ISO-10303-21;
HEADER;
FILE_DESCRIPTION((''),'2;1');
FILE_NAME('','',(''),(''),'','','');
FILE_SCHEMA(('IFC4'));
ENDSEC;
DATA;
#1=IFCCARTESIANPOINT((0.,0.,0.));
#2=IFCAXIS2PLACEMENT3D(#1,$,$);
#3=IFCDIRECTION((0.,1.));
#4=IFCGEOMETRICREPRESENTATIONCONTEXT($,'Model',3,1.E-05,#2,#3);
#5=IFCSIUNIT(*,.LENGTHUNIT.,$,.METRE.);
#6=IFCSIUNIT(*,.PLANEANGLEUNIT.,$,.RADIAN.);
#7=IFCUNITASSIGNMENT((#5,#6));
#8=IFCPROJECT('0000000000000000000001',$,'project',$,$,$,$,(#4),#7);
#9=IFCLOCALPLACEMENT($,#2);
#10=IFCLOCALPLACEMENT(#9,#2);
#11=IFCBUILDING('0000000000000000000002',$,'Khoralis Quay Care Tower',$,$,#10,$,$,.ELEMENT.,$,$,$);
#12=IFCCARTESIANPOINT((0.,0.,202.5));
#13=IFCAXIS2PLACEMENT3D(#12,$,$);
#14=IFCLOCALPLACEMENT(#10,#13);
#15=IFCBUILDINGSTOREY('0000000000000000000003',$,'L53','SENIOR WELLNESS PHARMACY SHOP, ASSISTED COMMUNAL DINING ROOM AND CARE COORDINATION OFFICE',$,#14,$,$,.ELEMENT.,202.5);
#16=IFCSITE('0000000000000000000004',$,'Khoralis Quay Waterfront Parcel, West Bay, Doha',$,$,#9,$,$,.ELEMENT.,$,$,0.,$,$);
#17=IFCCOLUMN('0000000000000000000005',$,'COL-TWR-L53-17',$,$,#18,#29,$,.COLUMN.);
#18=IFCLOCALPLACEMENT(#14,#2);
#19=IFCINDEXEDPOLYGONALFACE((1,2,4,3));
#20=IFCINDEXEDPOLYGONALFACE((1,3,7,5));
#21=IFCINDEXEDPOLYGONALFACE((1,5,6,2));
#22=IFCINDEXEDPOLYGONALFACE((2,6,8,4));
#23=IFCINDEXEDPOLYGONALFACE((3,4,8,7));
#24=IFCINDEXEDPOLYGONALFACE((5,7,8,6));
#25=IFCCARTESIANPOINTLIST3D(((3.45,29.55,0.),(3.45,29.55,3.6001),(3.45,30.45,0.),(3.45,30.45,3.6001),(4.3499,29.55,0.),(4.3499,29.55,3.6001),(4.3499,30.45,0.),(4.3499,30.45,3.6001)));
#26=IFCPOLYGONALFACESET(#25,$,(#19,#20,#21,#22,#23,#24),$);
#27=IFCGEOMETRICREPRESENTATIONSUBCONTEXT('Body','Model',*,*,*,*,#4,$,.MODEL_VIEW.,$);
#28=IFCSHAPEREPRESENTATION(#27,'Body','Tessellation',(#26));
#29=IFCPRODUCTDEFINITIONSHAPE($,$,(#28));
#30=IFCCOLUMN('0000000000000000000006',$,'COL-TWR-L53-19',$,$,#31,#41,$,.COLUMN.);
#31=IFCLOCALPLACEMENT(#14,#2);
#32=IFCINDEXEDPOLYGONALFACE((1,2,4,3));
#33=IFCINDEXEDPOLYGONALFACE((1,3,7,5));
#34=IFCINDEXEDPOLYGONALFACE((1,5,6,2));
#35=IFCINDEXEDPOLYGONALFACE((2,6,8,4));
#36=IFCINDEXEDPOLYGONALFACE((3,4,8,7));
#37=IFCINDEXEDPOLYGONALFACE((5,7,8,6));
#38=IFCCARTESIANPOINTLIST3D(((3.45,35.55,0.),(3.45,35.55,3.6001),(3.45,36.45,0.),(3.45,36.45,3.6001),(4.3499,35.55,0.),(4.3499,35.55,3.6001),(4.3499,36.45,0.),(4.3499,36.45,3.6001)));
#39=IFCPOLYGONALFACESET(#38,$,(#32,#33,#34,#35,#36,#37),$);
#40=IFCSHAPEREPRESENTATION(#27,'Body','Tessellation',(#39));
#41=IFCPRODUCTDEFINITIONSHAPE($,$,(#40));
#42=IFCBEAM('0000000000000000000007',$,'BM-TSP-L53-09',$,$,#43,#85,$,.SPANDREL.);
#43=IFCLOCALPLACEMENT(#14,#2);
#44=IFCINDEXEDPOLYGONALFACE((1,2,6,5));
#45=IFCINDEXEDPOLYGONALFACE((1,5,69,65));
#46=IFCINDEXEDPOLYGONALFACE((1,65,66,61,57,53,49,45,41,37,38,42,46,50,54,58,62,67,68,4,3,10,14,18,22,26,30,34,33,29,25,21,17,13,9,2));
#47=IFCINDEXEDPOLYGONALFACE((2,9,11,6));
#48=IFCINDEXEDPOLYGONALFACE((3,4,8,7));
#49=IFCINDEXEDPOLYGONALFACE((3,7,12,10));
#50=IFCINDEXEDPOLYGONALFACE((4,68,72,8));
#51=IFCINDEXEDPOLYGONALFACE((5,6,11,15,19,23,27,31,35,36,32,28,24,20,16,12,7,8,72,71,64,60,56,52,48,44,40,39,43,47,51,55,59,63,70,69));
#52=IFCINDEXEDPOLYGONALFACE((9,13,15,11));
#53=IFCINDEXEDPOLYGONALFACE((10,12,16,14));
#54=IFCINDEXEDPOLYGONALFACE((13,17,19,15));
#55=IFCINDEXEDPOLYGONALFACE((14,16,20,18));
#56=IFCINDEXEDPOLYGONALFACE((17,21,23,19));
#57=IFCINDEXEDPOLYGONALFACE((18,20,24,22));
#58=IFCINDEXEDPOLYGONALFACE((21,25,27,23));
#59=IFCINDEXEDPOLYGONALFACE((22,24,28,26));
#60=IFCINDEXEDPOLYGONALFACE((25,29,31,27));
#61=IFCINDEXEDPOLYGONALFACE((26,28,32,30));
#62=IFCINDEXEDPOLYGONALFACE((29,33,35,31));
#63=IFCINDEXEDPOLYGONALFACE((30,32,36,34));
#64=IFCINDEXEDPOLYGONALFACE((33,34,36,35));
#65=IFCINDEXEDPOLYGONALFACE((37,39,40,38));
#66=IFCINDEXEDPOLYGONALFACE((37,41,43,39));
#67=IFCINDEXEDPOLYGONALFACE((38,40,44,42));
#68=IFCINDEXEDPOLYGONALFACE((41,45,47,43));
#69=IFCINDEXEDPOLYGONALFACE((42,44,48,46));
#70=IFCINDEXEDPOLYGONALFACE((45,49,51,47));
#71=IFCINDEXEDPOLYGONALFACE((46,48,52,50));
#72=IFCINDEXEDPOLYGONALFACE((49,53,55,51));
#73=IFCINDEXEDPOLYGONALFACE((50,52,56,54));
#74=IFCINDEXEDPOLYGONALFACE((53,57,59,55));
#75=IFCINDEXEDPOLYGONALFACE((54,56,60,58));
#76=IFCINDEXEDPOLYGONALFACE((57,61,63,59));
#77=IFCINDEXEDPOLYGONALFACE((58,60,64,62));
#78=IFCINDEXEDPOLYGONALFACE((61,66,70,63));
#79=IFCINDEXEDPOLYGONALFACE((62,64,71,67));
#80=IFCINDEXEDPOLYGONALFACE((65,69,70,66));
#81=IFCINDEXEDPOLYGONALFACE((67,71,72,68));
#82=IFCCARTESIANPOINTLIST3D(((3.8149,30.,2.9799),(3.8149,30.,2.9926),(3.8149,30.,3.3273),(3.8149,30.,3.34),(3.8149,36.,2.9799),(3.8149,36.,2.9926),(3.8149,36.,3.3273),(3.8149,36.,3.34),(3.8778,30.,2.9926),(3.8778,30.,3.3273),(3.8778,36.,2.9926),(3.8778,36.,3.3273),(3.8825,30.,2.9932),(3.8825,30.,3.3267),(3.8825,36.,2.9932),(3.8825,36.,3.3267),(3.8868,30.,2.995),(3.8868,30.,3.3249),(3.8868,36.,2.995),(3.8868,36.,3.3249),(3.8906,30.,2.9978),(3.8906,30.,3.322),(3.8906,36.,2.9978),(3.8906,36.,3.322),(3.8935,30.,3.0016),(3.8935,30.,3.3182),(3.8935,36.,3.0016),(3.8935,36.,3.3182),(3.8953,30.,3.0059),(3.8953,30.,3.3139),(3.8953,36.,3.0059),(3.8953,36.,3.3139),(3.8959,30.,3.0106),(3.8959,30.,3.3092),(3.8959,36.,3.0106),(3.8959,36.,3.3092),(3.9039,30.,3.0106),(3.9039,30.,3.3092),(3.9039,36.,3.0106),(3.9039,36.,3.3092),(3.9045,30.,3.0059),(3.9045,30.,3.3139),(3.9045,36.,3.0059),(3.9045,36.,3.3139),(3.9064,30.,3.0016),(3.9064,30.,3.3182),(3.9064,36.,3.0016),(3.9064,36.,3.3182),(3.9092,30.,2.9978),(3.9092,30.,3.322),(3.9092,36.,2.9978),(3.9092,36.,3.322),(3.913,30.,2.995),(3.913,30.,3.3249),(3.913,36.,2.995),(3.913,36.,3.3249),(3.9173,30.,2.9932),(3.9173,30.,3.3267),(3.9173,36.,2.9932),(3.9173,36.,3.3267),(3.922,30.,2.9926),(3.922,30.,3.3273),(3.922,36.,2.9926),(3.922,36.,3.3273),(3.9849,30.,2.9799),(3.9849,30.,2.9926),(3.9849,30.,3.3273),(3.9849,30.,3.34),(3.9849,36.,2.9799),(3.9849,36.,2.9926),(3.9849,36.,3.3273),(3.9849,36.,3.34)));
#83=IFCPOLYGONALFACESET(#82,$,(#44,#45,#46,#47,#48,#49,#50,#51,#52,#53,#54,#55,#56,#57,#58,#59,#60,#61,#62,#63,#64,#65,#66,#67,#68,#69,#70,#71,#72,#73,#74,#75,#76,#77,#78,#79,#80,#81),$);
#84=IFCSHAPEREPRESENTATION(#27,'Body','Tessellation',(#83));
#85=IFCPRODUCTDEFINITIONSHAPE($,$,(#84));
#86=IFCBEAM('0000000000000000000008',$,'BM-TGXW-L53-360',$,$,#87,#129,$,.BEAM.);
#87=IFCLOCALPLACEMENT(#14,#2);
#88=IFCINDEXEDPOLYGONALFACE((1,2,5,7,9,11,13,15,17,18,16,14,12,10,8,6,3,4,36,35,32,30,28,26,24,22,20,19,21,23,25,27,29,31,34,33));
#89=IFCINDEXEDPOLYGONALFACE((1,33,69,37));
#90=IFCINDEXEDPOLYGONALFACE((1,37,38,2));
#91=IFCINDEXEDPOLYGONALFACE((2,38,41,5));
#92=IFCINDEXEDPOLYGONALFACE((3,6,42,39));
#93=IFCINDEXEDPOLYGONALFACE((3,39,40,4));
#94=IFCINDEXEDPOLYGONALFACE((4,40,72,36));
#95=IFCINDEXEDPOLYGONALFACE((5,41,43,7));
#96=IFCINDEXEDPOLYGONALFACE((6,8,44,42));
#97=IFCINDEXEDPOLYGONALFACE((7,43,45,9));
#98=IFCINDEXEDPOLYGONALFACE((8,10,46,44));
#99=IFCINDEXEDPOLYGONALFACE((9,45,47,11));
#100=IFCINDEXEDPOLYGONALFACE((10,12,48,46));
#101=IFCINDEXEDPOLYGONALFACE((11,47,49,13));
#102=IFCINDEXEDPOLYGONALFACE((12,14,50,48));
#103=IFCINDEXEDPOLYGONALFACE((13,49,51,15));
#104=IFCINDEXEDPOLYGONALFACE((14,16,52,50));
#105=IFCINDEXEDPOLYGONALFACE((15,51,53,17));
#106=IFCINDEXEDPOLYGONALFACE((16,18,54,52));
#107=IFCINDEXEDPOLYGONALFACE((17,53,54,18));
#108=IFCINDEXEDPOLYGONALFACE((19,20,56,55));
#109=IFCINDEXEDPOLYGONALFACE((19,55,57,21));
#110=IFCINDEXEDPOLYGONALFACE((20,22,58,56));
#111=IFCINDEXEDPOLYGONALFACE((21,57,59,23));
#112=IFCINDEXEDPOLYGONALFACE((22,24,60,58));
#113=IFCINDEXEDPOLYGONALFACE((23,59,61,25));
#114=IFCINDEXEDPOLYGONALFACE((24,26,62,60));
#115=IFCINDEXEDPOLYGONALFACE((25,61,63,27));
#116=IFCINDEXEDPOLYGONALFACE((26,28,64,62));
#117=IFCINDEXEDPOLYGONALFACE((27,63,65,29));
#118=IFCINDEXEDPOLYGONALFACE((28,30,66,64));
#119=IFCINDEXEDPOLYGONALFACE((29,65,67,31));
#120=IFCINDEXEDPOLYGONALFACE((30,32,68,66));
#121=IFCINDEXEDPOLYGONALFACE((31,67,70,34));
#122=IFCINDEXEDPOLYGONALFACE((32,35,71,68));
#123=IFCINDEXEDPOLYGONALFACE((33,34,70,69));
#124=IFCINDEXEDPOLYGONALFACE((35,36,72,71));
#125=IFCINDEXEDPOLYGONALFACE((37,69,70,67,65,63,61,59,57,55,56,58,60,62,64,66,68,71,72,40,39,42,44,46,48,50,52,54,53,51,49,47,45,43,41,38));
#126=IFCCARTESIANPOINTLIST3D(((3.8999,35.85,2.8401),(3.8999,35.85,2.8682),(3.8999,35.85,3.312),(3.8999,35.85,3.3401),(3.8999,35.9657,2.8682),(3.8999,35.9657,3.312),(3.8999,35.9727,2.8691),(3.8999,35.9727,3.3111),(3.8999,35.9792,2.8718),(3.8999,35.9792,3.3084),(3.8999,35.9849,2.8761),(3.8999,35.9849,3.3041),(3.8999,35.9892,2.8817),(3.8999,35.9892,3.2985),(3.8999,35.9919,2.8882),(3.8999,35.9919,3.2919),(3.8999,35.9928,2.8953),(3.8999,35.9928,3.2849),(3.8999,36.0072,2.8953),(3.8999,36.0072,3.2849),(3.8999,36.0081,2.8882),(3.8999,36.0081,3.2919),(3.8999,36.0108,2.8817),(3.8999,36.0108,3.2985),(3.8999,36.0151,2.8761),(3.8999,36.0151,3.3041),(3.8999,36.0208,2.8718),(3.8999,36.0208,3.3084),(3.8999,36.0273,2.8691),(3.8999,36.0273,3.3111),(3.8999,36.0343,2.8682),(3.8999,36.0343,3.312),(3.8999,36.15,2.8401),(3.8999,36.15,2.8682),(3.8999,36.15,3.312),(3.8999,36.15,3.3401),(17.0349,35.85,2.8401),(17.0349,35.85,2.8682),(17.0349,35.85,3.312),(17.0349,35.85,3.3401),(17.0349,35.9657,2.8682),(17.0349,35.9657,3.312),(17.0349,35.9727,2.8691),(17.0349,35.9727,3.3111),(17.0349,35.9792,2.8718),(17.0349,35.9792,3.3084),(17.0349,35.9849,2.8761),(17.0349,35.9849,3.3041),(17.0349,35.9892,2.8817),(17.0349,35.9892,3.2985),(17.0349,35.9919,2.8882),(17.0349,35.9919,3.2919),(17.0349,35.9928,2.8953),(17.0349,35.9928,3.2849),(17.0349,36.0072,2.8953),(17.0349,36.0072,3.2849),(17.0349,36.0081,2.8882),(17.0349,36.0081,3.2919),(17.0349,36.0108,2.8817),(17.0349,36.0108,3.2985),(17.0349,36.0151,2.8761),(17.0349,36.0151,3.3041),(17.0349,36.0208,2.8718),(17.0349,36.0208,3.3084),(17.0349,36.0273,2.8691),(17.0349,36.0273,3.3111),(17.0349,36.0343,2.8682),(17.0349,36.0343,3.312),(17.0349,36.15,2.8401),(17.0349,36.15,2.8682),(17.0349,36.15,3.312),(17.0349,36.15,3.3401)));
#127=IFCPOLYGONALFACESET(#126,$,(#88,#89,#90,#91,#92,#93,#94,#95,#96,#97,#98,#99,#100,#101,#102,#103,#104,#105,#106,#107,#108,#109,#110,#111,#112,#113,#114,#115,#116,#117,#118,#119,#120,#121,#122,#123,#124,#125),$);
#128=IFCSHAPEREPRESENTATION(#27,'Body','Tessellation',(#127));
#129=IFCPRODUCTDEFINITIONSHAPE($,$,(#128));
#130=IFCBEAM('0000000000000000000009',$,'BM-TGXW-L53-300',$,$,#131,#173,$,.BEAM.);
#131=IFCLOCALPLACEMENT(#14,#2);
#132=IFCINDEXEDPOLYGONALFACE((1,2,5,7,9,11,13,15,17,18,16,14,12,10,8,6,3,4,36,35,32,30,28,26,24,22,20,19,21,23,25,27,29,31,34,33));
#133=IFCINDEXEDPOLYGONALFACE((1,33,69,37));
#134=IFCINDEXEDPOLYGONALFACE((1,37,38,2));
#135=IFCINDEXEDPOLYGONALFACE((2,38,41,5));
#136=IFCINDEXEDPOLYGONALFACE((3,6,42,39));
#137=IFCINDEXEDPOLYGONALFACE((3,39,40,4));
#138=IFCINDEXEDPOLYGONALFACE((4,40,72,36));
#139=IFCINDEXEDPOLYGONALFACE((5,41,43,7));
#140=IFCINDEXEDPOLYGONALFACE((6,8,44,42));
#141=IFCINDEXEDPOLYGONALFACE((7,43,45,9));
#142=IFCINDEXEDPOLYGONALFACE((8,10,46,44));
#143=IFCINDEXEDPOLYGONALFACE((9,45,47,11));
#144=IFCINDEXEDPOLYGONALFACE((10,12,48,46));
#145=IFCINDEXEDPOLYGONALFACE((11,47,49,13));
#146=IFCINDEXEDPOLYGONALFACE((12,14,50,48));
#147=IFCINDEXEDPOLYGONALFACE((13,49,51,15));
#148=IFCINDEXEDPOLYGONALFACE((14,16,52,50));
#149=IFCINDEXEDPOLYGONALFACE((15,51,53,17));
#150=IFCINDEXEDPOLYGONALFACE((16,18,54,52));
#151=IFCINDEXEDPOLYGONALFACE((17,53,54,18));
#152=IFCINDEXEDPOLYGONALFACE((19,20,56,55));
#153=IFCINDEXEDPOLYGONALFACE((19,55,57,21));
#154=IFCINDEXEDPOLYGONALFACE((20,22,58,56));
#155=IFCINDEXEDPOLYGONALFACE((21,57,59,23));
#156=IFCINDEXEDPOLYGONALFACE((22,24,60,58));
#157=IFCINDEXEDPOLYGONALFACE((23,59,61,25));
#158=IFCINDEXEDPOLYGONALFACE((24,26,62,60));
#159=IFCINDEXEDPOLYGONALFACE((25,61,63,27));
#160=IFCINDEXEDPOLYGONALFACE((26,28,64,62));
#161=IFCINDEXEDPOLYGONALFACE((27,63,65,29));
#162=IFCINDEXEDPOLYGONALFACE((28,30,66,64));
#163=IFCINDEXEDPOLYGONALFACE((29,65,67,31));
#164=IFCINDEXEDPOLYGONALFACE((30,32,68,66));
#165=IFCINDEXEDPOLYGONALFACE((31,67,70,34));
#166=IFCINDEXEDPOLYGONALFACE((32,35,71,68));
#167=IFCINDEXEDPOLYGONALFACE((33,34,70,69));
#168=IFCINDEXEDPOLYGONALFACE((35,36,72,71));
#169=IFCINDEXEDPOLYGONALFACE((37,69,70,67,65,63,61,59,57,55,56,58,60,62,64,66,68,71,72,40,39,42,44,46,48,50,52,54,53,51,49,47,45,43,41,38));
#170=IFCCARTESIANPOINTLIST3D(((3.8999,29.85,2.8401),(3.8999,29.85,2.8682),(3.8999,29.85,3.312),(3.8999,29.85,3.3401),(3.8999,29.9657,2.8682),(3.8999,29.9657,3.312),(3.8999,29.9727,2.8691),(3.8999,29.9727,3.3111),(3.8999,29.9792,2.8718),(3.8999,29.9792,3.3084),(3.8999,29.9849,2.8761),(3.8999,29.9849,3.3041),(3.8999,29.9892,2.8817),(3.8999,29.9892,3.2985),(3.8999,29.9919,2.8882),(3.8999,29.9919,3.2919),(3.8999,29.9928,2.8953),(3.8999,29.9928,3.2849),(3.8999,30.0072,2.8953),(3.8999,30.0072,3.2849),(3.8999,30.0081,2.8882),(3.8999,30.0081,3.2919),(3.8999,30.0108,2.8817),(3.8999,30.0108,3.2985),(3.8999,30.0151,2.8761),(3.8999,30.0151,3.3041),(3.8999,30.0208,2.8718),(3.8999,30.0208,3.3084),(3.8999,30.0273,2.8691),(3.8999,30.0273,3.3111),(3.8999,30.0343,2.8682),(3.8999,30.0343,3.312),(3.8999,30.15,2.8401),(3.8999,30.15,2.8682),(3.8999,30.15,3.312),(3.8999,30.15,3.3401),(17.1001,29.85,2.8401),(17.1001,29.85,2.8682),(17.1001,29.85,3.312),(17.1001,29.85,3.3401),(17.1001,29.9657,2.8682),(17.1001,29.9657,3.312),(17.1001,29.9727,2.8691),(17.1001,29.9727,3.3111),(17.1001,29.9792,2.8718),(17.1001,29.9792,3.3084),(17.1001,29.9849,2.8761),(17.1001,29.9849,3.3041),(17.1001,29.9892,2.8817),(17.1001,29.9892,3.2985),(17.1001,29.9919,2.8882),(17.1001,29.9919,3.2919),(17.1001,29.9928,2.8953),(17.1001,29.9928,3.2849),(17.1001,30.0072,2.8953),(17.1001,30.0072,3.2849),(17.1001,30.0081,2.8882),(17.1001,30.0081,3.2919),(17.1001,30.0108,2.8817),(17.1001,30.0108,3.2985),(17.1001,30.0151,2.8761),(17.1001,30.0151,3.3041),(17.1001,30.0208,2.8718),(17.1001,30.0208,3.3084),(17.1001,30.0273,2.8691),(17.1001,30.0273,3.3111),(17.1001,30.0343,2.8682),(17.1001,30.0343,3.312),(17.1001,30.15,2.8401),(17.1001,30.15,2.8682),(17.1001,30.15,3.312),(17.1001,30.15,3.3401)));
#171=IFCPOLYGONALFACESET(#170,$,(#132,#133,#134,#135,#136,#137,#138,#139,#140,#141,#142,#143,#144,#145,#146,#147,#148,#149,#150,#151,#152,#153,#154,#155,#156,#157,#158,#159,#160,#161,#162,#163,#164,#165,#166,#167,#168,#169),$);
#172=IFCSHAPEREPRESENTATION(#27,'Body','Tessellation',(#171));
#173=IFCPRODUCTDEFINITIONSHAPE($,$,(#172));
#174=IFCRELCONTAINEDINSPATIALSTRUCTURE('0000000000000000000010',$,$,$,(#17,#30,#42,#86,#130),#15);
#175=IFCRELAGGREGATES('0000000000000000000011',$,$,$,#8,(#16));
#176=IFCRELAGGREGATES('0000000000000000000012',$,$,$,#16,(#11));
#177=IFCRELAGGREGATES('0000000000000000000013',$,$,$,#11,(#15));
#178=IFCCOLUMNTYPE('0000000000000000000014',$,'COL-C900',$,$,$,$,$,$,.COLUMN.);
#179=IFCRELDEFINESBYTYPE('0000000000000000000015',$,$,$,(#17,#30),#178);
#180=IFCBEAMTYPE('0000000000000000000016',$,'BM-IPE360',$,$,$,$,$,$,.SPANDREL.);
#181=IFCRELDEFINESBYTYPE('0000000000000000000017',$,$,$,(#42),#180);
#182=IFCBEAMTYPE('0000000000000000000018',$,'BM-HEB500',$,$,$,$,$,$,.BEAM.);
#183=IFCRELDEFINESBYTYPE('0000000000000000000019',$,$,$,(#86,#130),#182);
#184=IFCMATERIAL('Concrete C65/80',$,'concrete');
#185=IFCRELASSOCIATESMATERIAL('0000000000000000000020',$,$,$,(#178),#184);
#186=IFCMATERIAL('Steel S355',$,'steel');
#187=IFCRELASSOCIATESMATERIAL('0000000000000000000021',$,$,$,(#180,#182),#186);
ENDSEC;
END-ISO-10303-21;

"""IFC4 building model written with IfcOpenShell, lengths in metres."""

from ifc_helpers import new_model, si_unit, direction, frame, origin, origin_2d, place, context, subcontext, project, spatial, rectangle, i_section, extrude, source, transform, mapped, material, material_profile, profile_set, type_object, element, save


model = new_model("IFC4")

# Units and contexts
model_context = context("Model", 3, precision=1e-05, world=origin(), true_north=direction((0.0, 1.0)))
body_context = subcontext(model_context, "Body", "Model", "MODEL_VIEW")
ifc_project = project(units=[si_unit("LENGTHUNIT", "METRE"), si_unit("PLANEANGLEUNIT", "RADIAN")], contexts=[model_context])

# Site, building, storey
site_placement = place(None, origin())
site = spatial("IfcSite", under=ifc_project, at=site_placement, Name="Khoralis Quay Waterfront Parcel, West Bay, Doha", CompositionType="ELEMENT", RefElevation=0.0)
building_placement = place(site_placement, origin())
building = spatial("IfcBuilding", under=site, at=building_placement, Name="Khoralis Quay Care Tower", CompositionType="ELEMENT")
storey_placement = place(building_placement, frame((0.0, 0.0, 202.5)))
storey = spatial("IfcBuildingStorey", under=building, at=storey_placement, Name="L53", Description="SENIOR WELLNESS PHARMACY SHOP, ASSISTED COMMUNAL DINING ROOM AND CARE COORDINATION OFFICE", CompositionType="ELEMENT", Elevation=202.5)

# Columns
ifc_material_1 = material(Name="Concrete C65/80", Category="concrete")
ifc_material_profile_1 = material_profile(ifc_material_1, rectangle(XDim=0.8999, YDim=0.8999, at=origin_2d()), Name="Concrete C65/80")
ifc_profile_set_1 = profile_set([ifc_material_profile_1], Name="Concrete C65/80")
column_type = type_object("IfcColumnType", Name="COL-C900", PredefinedType="COLUMN", material=ifc_profile_set_1)
shared_shape_1 = source(origin(), body_context, "Body", "SweptSolid", [
    extrude(rectangle(XDim=0.8999, YDim=0.8999, at=origin_2d()), origin(), (0.0, 0.0, 1.0), 3.6001),
])
for number, where, z_axis, x_axis, name in (
    (1, (3.8999, 30.0, 0.0), (0.0, 0.0, 1.0), (1.0, 0.0, 0.0), "COL-TWR-L53-17"),
    (2, (3.8999, 36.0, 0.0), (0.0, 0.0, 1.0), (1.0, 0.0, 0.0), "COL-TWR-L53-19"),
):
    element("IfcColumn", number, at=place(storey_placement, frame(where, z_axis=z_axis, x_axis=x_axis)), inside=storey, type_object=column_type, Name=name, PredefinedType="COLUMN", context=body_context, shape_type="MappedRepresentation", body=[
        mapped(shared_shape_1, transform((0.0, 0.0, 0.0), scale=1.0)),
    ])

# Beams
ifc_material_2 = material(Name="Steel S355", Category="steel")
ifc_material_profile_2 = material_profile(ifc_material_2, i_section(OverallWidth=0.1699, OverallDepth=0.3601, WebThickness=0.0081, FlangeThickness=0.0127, FilletRadius=0.0181, at=origin_2d()), Name="Steel S355")
ifc_profile_set_2 = profile_set([ifc_material_profile_2], Name="Steel S355")
beam_type_1 = type_object("IfcBeamType", Name="BM-IPE360", PredefinedType="SPANDREL", material=ifc_profile_set_2)
shared_shape_2 = source(origin(), body_context, "Body", "SweptSolid", [
    extrude(i_section(OverallWidth=0.1699, OverallDepth=0.3601, WebThickness=0.0081, FlangeThickness=0.0127, FilletRadius=0.0181, at=origin_2d()), origin(), (0.0, 0.0, 1.0), 6.0),
])
beam_1_placement = place(storey_placement, frame((3.8999, 30.0, 3.1599), z_axis=(0.0, 1.0, 0.0), x_axis=(-1.0, 0.0, 0.0)))
element("IfcBeam", 3, at=beam_1_placement, inside=storey, type_object=beam_type_1, Name="BM-TSP-L53-09", PredefinedType="SPANDREL", context=body_context, shape_type="MappedRepresentation", body=[
    mapped(shared_shape_2, transform((0.0, 0.0, 0.0), scale=1.0)),
])
ifc_material_profile_3 = material_profile(ifc_material_2, i_section(OverallWidth=0.3, OverallDepth=0.5, WebThickness=0.0144, FlangeThickness=0.0281, FilletRadius=0.0271, at=origin_2d()), Name="Steel S355")
ifc_profile_set_3 = profile_set([ifc_material_profile_3], Name="Steel S355")
beam_type_2 = type_object("IfcBeamType", Name="BM-HEB500", PredefinedType="BEAM", material=ifc_profile_set_3)
shared_shape_3 = source(origin(), body_context, "Body", "SweptSolid", [
    extrude(i_section(OverallWidth=0.3, OverallDepth=0.5, WebThickness=0.0144, FlangeThickness=0.0281, FilletRadius=0.0271, at=origin_2d()), origin(), (0.0, 0.0, 1.0), 13.135),
])
beam_2_placement = place(storey_placement, frame((3.8999, 36.0, 3.0901), z_axis=(1.0, 0.0, 0.0), x_axis=(0.0, 1.0, 0.0)))
element("IfcBeam", 4, at=beam_2_placement, inside=storey, type_object=beam_type_2, Name="BM-TGXW-L53-360", PredefinedType="BEAM", context=body_context, shape_type="MappedRepresentation", body=[
    mapped(shared_shape_3, transform((0.0, 0.0, 0.0), scale=1.0)),
])
shared_shape_4 = source(origin(), body_context, "Body", "SweptSolid", [
    extrude(i_section(OverallWidth=0.3, OverallDepth=0.5, WebThickness=0.0144, FlangeThickness=0.0281, FilletRadius=0.0271, at=origin_2d()), origin(), (0.0, 0.0, 1.0), 13.2002),
])
beam_3_placement = place(storey_placement, frame((3.8999, 30.0, 3.0901), z_axis=(1.0, 0.0, 0.0), x_axis=(0.0, 1.0, 0.0)))
element("IfcBeam", 5, at=beam_3_placement, inside=storey, type_object=beam_type_2, Name="BM-TGXW-L53-300", PredefinedType="BEAM", context=body_context, shape_type="MappedRepresentation", body=[
    mapped(shared_shape_4, transform((0.0, 0.0, 0.0), scale=1.0)),
])

save(model, "model.ifc")
